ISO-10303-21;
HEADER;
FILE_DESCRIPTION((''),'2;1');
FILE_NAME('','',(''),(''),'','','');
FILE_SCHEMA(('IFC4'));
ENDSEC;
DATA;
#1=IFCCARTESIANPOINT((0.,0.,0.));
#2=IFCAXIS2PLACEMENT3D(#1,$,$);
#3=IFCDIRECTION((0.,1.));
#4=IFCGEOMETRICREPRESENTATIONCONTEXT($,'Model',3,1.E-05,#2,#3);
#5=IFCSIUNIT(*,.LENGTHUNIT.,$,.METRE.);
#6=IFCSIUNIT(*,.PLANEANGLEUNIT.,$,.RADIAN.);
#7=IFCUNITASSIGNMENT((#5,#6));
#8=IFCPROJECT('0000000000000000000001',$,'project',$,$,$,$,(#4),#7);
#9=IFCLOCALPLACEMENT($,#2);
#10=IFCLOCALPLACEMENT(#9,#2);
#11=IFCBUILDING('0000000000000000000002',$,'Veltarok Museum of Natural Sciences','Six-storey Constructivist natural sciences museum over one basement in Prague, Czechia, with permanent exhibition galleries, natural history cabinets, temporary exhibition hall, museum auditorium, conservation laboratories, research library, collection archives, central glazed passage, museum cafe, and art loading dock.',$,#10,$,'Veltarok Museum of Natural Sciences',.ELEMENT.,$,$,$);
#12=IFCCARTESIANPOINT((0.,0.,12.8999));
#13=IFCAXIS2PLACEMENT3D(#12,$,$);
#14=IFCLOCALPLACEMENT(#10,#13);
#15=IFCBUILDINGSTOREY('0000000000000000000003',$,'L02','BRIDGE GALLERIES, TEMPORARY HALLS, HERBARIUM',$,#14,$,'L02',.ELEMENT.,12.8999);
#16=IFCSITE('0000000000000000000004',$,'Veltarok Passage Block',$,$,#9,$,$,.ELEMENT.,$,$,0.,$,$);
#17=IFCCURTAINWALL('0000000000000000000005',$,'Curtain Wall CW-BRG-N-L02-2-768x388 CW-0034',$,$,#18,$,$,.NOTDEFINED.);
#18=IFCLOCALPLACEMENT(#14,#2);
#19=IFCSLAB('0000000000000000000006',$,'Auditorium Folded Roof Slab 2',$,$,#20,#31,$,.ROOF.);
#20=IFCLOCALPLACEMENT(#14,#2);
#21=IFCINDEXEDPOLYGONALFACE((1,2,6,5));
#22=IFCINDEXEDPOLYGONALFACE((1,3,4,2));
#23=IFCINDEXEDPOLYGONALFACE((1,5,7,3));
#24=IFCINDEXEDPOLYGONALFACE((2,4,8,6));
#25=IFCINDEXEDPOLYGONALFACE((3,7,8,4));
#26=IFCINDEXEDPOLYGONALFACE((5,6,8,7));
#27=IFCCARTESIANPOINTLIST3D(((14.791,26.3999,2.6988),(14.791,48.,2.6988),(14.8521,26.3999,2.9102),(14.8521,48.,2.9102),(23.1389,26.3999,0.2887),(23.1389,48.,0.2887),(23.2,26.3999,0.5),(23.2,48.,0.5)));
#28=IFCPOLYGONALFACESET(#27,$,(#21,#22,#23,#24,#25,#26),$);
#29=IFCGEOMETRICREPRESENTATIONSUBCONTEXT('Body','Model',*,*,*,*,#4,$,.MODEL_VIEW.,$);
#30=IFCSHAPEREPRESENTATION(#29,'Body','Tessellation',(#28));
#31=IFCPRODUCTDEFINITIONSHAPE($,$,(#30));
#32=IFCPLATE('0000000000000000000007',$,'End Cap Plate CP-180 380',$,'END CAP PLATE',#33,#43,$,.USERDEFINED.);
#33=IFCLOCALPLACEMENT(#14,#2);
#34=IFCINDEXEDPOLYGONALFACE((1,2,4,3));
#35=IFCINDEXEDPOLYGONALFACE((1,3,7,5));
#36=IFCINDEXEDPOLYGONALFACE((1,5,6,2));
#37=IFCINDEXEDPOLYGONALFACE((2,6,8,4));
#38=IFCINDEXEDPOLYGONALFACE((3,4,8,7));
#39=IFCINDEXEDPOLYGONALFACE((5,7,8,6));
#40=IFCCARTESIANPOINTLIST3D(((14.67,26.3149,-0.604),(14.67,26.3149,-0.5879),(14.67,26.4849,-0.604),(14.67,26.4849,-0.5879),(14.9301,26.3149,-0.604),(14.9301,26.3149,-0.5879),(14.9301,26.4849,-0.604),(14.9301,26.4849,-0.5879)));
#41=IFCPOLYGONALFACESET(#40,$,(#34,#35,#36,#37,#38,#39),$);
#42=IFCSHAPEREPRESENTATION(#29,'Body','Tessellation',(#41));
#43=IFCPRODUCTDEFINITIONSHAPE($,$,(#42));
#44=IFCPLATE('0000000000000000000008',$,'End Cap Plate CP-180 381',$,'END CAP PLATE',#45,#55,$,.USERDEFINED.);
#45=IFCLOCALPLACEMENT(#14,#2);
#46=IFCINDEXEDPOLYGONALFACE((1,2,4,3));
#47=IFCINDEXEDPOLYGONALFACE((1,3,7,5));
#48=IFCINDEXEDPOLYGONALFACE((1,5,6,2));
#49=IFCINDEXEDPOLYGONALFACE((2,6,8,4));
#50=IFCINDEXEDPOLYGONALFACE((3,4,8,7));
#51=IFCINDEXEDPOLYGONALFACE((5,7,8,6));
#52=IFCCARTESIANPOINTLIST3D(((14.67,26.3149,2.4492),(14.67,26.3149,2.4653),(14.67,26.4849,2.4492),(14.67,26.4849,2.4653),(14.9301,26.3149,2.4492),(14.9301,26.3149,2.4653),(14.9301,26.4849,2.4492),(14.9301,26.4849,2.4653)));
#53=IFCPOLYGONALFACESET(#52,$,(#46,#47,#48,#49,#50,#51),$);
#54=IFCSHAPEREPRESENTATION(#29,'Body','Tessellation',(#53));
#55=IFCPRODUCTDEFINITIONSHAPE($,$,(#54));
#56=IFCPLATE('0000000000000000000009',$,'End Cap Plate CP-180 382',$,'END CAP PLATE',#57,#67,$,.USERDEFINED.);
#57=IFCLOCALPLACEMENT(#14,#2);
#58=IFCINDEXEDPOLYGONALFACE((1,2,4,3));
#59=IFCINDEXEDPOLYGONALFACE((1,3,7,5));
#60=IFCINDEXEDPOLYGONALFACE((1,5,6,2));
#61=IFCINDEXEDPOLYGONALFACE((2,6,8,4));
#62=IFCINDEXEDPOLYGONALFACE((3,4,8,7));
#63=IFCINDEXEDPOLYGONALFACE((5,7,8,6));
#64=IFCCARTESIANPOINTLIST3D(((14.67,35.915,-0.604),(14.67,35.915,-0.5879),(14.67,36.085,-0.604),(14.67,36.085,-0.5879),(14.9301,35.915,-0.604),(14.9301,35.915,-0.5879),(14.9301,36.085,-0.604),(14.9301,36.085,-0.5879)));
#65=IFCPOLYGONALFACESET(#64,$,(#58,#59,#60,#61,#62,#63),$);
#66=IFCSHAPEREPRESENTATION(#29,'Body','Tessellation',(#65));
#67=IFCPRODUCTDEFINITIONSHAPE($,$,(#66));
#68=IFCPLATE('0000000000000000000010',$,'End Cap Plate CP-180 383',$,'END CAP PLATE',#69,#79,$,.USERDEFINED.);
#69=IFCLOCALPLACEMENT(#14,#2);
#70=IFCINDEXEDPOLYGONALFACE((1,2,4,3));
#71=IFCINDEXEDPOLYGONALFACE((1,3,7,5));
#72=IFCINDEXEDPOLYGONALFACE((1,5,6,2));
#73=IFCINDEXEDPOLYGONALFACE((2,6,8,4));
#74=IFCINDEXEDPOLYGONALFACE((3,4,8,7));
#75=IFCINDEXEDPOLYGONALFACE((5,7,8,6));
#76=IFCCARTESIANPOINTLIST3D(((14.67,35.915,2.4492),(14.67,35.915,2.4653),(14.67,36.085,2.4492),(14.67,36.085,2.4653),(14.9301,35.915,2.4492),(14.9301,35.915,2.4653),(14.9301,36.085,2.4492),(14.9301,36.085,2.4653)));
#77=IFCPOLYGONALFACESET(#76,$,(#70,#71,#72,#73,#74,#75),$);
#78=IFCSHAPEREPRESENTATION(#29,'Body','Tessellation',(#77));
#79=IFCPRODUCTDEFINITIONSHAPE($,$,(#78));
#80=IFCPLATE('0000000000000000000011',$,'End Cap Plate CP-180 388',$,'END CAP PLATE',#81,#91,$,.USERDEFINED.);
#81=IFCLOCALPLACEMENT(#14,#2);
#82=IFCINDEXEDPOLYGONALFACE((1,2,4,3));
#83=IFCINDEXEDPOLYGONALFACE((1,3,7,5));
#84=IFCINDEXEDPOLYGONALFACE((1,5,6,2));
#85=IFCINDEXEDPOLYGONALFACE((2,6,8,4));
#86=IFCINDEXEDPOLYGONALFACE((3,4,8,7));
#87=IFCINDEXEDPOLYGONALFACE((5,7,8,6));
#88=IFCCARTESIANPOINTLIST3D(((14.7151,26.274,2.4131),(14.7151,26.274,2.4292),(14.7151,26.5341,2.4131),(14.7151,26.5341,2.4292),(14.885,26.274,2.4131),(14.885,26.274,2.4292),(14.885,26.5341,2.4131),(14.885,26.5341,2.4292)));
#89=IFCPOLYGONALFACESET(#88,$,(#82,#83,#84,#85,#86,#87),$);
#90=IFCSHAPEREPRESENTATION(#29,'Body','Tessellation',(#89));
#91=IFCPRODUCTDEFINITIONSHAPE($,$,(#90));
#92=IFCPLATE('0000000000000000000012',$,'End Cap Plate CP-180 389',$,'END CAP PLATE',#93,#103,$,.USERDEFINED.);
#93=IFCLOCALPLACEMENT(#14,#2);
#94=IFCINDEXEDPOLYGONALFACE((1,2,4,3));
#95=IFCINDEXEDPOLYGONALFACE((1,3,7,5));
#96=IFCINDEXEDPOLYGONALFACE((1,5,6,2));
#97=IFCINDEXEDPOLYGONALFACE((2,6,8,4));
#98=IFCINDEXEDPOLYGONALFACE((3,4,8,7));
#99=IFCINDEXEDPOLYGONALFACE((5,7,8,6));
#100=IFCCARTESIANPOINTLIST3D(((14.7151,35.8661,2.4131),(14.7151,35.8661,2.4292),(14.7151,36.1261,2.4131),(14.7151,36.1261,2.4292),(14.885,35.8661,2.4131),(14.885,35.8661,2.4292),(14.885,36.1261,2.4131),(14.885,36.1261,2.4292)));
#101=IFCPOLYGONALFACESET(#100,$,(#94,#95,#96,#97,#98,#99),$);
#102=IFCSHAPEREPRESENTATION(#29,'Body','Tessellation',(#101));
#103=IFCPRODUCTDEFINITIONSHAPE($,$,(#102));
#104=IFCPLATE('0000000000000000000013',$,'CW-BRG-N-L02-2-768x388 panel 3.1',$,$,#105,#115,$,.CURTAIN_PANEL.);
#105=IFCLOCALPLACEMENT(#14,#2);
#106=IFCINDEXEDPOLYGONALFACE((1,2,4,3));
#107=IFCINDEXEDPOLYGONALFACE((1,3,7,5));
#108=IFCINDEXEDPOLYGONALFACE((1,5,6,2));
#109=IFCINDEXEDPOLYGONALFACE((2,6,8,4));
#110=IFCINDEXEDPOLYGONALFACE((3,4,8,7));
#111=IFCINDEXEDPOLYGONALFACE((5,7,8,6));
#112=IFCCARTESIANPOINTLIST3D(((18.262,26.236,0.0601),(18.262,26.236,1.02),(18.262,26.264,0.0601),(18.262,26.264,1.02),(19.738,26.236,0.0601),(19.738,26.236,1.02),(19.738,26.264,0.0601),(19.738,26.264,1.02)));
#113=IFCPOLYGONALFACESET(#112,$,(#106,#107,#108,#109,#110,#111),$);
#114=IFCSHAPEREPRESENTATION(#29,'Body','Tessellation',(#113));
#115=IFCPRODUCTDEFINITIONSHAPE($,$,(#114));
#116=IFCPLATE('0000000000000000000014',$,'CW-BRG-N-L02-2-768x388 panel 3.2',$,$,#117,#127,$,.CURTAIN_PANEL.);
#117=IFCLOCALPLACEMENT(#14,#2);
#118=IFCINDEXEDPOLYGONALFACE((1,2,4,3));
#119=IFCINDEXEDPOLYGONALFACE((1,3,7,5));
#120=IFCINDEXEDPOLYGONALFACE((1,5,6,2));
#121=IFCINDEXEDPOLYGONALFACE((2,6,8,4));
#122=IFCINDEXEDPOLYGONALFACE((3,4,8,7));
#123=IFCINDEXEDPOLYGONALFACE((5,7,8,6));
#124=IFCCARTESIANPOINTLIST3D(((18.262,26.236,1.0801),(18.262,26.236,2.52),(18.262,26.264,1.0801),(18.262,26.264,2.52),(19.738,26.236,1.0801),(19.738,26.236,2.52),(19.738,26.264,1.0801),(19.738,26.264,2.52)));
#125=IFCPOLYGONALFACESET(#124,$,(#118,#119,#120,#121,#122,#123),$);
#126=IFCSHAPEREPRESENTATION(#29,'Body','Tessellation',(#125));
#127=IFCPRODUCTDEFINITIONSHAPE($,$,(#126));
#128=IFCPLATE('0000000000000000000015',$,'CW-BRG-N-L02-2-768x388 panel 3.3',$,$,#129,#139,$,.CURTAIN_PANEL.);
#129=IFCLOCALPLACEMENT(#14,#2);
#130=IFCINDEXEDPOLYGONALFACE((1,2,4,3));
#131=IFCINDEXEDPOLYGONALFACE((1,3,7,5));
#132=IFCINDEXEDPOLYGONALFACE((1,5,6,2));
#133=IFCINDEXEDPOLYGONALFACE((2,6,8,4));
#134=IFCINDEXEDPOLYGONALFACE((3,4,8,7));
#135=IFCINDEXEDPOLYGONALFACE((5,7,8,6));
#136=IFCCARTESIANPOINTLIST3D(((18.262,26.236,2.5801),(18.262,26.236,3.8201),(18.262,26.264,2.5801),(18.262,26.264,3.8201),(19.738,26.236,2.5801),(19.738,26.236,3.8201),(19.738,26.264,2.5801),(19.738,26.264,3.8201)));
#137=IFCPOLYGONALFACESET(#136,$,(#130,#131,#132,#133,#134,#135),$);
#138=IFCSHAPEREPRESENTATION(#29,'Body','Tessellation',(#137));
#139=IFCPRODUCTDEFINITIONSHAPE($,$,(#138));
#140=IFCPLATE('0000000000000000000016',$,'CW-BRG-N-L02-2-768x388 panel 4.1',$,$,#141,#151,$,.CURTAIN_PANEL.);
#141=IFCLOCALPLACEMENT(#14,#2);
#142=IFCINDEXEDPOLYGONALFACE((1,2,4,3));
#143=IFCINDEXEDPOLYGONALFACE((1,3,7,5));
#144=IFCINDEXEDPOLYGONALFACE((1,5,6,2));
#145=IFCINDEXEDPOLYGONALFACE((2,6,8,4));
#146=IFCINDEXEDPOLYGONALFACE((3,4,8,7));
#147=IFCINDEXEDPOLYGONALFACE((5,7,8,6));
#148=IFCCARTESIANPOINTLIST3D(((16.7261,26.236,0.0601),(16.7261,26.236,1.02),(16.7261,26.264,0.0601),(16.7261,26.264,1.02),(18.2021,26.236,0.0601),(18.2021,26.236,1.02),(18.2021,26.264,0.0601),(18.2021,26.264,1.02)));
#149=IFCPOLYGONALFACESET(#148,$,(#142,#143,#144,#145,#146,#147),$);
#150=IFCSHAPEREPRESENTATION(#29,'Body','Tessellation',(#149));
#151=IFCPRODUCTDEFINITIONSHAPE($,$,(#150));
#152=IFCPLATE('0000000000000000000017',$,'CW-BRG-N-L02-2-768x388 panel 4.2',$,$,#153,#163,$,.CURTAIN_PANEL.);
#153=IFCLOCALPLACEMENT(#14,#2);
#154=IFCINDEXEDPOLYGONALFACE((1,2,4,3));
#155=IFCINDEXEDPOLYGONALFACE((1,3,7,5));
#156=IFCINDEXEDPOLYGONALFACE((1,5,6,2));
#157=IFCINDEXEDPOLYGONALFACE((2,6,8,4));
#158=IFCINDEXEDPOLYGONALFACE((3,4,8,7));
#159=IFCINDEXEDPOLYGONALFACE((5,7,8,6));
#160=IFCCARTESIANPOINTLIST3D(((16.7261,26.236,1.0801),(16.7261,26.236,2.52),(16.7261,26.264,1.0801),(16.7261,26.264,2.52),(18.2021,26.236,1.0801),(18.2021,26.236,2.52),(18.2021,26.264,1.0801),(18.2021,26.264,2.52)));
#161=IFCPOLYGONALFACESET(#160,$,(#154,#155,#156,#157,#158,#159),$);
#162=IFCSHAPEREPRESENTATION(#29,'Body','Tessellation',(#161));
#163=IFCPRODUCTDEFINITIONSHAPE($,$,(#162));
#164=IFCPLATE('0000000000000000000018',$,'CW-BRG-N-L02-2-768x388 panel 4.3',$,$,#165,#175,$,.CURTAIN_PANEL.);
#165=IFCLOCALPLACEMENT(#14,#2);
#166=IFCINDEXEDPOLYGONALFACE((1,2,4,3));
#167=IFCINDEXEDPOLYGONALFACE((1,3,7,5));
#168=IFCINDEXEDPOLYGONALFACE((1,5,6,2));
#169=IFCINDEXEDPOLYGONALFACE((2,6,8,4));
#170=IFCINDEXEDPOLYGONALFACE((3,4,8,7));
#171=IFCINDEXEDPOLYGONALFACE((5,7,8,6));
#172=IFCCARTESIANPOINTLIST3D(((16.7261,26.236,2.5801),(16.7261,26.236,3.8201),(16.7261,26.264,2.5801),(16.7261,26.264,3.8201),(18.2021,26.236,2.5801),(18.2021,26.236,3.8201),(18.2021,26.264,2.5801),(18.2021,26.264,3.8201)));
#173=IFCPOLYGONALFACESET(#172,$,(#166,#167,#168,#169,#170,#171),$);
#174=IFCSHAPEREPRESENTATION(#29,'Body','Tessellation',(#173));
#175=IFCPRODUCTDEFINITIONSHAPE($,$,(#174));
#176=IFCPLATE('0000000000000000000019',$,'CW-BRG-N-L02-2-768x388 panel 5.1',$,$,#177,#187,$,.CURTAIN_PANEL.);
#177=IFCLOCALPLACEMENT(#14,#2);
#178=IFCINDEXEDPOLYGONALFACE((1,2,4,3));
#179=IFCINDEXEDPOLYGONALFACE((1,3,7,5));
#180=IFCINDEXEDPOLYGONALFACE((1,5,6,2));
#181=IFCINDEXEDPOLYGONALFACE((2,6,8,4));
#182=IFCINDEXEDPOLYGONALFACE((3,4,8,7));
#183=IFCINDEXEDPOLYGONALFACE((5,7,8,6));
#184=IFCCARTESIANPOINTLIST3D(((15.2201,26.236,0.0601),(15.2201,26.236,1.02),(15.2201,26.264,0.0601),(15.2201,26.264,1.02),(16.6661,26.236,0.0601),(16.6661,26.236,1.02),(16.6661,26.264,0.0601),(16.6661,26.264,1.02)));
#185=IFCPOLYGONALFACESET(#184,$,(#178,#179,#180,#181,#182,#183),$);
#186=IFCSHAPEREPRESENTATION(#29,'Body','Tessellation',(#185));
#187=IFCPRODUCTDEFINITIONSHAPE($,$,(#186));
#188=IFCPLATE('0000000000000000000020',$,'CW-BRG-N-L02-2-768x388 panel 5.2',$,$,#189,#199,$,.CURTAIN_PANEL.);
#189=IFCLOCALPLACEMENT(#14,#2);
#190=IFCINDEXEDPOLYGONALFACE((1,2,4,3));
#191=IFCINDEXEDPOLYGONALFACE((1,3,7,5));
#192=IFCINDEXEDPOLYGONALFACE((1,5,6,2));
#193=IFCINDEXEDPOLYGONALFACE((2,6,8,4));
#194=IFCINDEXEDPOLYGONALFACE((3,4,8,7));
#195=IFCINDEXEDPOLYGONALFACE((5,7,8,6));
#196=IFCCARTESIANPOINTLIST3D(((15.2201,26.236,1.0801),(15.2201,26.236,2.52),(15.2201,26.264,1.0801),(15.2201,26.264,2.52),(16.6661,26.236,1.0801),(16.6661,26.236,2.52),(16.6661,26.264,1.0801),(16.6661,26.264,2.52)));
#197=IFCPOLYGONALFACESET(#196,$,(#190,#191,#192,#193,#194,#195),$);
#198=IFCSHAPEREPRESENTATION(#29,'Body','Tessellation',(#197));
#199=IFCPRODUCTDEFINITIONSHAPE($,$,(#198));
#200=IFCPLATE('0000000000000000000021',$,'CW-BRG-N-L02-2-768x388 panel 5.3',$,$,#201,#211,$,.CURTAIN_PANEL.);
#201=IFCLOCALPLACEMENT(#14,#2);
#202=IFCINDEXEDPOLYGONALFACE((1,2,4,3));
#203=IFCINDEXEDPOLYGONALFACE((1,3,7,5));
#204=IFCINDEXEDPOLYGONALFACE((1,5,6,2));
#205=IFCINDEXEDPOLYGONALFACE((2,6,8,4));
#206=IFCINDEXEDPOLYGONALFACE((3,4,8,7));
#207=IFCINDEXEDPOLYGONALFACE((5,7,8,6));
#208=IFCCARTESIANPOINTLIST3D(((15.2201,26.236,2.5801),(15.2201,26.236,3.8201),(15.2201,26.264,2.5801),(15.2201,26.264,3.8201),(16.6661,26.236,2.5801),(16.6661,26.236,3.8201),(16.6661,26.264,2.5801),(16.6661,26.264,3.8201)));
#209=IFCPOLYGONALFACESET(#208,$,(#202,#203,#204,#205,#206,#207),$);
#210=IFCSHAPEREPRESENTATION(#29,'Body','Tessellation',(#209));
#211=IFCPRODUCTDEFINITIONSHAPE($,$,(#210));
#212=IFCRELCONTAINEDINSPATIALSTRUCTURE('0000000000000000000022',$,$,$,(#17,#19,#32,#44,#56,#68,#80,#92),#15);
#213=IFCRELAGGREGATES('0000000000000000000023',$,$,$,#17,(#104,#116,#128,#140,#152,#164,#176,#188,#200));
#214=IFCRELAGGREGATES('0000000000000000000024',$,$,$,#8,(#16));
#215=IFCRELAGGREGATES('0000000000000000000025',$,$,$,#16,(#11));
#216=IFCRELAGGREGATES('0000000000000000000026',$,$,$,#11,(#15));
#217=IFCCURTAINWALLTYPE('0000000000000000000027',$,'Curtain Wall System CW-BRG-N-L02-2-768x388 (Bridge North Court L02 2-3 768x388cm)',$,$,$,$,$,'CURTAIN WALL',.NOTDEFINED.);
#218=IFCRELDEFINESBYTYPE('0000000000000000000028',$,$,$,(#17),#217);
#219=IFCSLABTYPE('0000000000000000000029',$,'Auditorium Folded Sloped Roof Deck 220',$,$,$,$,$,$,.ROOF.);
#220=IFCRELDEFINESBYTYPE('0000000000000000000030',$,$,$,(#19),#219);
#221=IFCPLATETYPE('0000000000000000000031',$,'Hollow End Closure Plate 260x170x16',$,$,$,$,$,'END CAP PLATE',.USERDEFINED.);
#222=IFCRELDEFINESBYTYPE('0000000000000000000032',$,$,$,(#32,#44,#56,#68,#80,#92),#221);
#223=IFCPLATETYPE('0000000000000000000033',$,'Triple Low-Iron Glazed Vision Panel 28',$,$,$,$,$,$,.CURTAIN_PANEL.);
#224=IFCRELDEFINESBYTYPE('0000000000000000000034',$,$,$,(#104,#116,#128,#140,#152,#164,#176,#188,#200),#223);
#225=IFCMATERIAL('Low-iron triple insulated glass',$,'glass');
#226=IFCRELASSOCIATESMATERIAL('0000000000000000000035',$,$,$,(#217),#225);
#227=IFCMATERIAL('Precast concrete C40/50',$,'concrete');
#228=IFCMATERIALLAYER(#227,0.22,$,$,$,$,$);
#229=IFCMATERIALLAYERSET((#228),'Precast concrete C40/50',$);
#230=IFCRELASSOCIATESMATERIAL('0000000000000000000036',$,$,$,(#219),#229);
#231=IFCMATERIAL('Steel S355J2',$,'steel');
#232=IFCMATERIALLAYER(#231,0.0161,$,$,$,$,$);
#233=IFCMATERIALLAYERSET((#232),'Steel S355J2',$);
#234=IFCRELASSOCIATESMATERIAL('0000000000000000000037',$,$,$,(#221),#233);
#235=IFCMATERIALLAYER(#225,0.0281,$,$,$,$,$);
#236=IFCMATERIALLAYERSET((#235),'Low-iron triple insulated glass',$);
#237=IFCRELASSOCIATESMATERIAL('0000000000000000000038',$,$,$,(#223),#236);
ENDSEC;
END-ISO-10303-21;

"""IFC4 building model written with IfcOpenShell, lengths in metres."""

from ifc_helpers import new_model, si_unit, direction, frame, origin, origin_2d, place, context, subcontext, project, spatial, polyline, rectangle, outline, extrude, material, layer, layer_set, type_object, element, aggregate, save


model = new_model("IFC4")

# Units and contexts
model_context = context("Model", 3, precision=1e-05, world=origin(), true_north=direction((0.0, 1.0)))
body_context = subcontext(model_context, "Body", "Model", "MODEL_VIEW")
ifc_project = project(units=[si_unit("LENGTHUNIT", "METRE"), si_unit("PLANEANGLEUNIT", "RADIAN")], contexts=[model_context])

# Site, building, storey
site_placement = place(None, origin())
site = spatial("IfcSite", under=ifc_project, at=site_placement, Name="Veltarok Passage Block", CompositionType="ELEMENT", RefElevation=0.0)
building_placement = place(site_placement, origin())
building = spatial("IfcBuilding", under=site, at=building_placement, Name="Veltarok Museum of Natural Sciences", Description="Six-storey Constructivist natural sciences museum over one basement in Prague, Czechia, with permanent exhibition galleries, natural history cabinets, temporary exhibition hall, museum auditorium, conservation laboratories, research library, collection archives, central glazed passage, museum cafe, and art loading dock.", LongName="Veltarok Museum of Natural Sciences", CompositionType="ELEMENT")
storey_placement = place(building_placement, frame((0.0, 0.0, 12.8999)))
storey = spatial("IfcBuildingStorey", under=building, at=storey_placement, Name="L02", Description="BRIDGE GALLERIES, TEMPORARY HALLS, HERBARIUM", LongName="L02", CompositionType="ELEMENT", Elevation=12.8999)

# Shared definitions
ifc_material_1 = material(Name="Steel S355J2", Category="steel")

# Shared definitions
ifc_material_2 = material(Name="Low-iron triple insulated glass", Category="glass")

# Curtain wall
curtain_wall_type_1 = type_object("IfcCurtainWallType", Name="Curtain Wall System CW-BRG-N-L02-2-768x388 (Bridge North Court L02 2-3 768x388cm)", ElementType="CURTAIN WALL", PredefinedType="NOTDEFINED", material=ifc_material_2)
curtain_wall_1_placement = place(storey_placement, origin())
curtain_wall_1 = element("IfcCurtainWall", 1, at=curtain_wall_1_placement, inside=storey, type_object=curtain_wall_type_1, Name="Curtain Wall CW-BRG-N-L02-2-768x388 CW-0034", PredefinedType="NOTDEFINED")

# Slab
ifc_material_3 = material(Name="Precast concrete C40/50", Category="concrete")
ifc_layer_1 = layer(ifc_material_3, 0.22)
ifc_layer_set_1 = layer_set([ifc_layer_1], Name="Precast concrete C40/50")
slab_type = type_object("IfcSlabType", Name="Auditorium Folded Sloped Roof Deck 220", PredefinedType="ROOF", material=ifc_layer_set_1)
slab_placement = place(storey_placement, frame((14.8521, 26.3999, 2.9102), z_axis=(0.277385, 0.0, 0.960759), x_axis=(0.960759, 0.0, -0.277385)))
element("IfcSlab", 2, at=slab_placement, inside=storey, type_object=slab_type, Name="Auditorium Folded Roof Slab 2", PredefinedType="ROOF", context=body_context, shape_type="SweptSolid", body=[
    extrude(outline(polyline([(0.0, 0.0), (8.6889, 0.0), (8.6889, 21.6001), (0.0, 21.6001), (0.0, 0.0)])), origin(), (0.0, 0.0, -1.0), 0.22),
])

# Plates
ifc_layer_2 = layer(ifc_material_1, 0.0161)
ifc_layer_set_2 = layer_set([ifc_layer_2], Name="Steel S355J2")
plate_type_1 = type_object("IfcPlateType", Name="Hollow End Closure Plate 260x170x16", ElementType="END CAP PLATE", PredefinedType="USERDEFINED", material=ifc_layer_set_2)
for number, where, z_axis, x_axis, name in (
    (3, (14.8, 26.3999, -0.604), (0.0, 0.0, 1.0), (1.0, 0.0, 0.0), "End Cap Plate CP-180 380"),
    (4, (14.8, 26.3999, 2.4492), (0.0, 0.0, 1.0), (1.0, 0.0, 0.0), "End Cap Plate CP-180 381"),
    (5, (14.8, 36.0, -0.604), (0.0, 0.0, 1.0), (1.0, 0.0, 0.0), "End Cap Plate CP-180 382"),
    (6, (14.8, 36.0, 2.4492), (0.0, 0.0, 1.0), (1.0, 0.0, 0.0), "End Cap Plate CP-180 383"),
    (7, (14.8, 26.4041, 2.4131), (0.0, 0.0, 1.0), (0.0, 1.0, 0.0), "End Cap Plate CP-180 388"),
    (8, (14.8, 35.9961, 2.4131), (0.0, 0.0, 1.0), (0.0, 1.0, 0.0), "End Cap Plate CP-180 389"),
):
    element("IfcPlate", number, at=place(storey_placement, frame(where, z_axis=z_axis, x_axis=x_axis)), inside=storey, type_object=plate_type_1, Name=name, ObjectType="END CAP PLATE", PredefinedType="USERDEFINED", context=body_context, shape_type="SweptSolid", body=[
        extrude(rectangle(XDim=0.26, YDim=0.1699, at=origin_2d()), origin(), (0.0, 0.0, 1.0), 0.0161),
    ])

# Plates
ifc_layer_3 = layer(ifc_material_2, 0.0281)
ifc_layer_set_3 = layer_set([ifc_layer_3], Name="Low-iron triple insulated glass")
plate_type_2 = type_object("IfcPlateType", Name="Triple Low-Iron Glazed Vision Panel 28", PredefinedType="CURTAIN_PANEL", material=ifc_layer_set_3)
plate_1_placement = place(storey_placement, frame((19.0, 26.25, 0.0601), z_axis=(0.0, 0.0, 1.0), x_axis=(-1.0, 0.0, 0.0)))
plate_1 = element("IfcPlate", 9, at=plate_1_placement, type_object=plate_type_2, Name="CW-BRG-N-L02-2-768x388 panel 3.1", PredefinedType="CURTAIN_PANEL", context=body_context, shape_type="SweptSolid", body=[
    extrude(rectangle(XDim=1.4761, YDim=0.0281, at=origin_2d()), origin(), (0.0, 0.0, 1.0), 0.96),
])
plate_2_placement = place(storey_placement, frame((19.0, 26.25, 1.0801), z_axis=(0.0, 0.0, 1.0), x_axis=(-1.0, 0.0, 0.0)))
plate_2 = element("IfcPlate", 10, at=plate_2_placement, type_object=plate_type_2, Name="CW-BRG-N-L02-2-768x388 panel 3.2", PredefinedType="CURTAIN_PANEL", context=body_context, shape_type="SweptSolid", body=[
    extrude(rectangle(XDim=1.4761, YDim=0.0281, at=origin_2d()), origin(), (0.0, 0.0, 1.0), 1.4399),
])
plate_3_placement = place(storey_placement, frame((19.0, 26.25, 2.5801), z_axis=(0.0, 0.0, 1.0), x_axis=(-1.0, 0.0, 0.0)))
plate_3 = element("IfcPlate", 11, at=plate_3_placement, type_object=plate_type_2, Name="CW-BRG-N-L02-2-768x388 panel 3.3", PredefinedType="CURTAIN_PANEL", context=body_context, shape_type="SweptSolid", body=[
    extrude(rectangle(XDim=1.4761, YDim=0.0281, at=origin_2d()), origin(), (0.0, 0.0, 1.0), 1.24),
])
plate_4_placement = place(storey_placement, frame((17.4641, 26.25, 0.0601), z_axis=(0.0, 0.0, 1.0), x_axis=(-1.0, 0.0, 0.0)))
plate_4 = element("IfcPlate", 12, at=plate_4_placement, type_object=plate_type_2, Name="CW-BRG-N-L02-2-768x388 panel 4.1", PredefinedType="CURTAIN_PANEL", context=body_context, shape_type="SweptSolid", body=[
    extrude(rectangle(XDim=1.4761, YDim=0.0281, at=origin_2d()), origin(), (0.0, 0.0, 1.0), 0.96),
])
plate_5_placement = place(storey_placement, frame((17.4641, 26.25, 1.0801), z_axis=(0.0, 0.0, 1.0), x_axis=(-1.0, 0.0, 0.0)))
plate_5 = element("IfcPlate", 13, at=plate_5_placement, type_object=plate_type_2, Name="CW-BRG-N-L02-2-768x388 panel 4.2", PredefinedType="CURTAIN_PANEL", context=body_context, shape_type="SweptSolid", body=[
    extrude(rectangle(XDim=1.4761, YDim=0.0281, at=origin_2d()), origin(), (0.0, 0.0, 1.0), 1.4399),
])
plate_6_placement = place(storey_placement, frame((17.4641, 26.25, 2.5801), z_axis=(0.0, 0.0, 1.0), x_axis=(-1.0, 0.0, 0.0)))
plate_6 = element("IfcPlate", 14, at=plate_6_placement, type_object=plate_type_2, Name="CW-BRG-N-L02-2-768x388 panel 4.3", PredefinedType="CURTAIN_PANEL", context=body_context, shape_type="SweptSolid", body=[
    extrude(rectangle(XDim=1.4761, YDim=0.0281, at=origin_2d()), origin(), (0.0, 0.0, 1.0), 1.24),
])
plate_7_placement = place(storey_placement, frame((15.9431, 26.25, 0.0601), z_axis=(0.0, 0.0, 1.0), x_axis=(-1.0, 0.0, 0.0)))
plate_7 = element("IfcPlate", 15, at=plate_7_placement, type_object=plate_type_2, Name="CW-BRG-N-L02-2-768x388 panel 5.1", PredefinedType="CURTAIN_PANEL", context=body_context, shape_type="SweptSolid", body=[
    extrude(rectangle(XDim=1.446, YDim=0.0281, at=origin_2d()), origin(), (0.0, 0.0, 1.0), 0.96),
])
plate_8_placement = place(storey_placement, frame((15.9431, 26.25, 1.0801), z_axis=(0.0, 0.0, 1.0), x_axis=(-1.0, 0.0, 0.0)))
plate_8 = element("IfcPlate", 16, at=plate_8_placement, type_object=plate_type_2, Name="CW-BRG-N-L02-2-768x388 panel 5.2", PredefinedType="CURTAIN_PANEL", context=body_context, shape_type="SweptSolid", body=[
    extrude(rectangle(XDim=1.446, YDim=0.0281, at=origin_2d()), origin(), (0.0, 0.0, 1.0), 1.4399),
])
plate_9_placement = place(storey_placement, frame((15.9431, 26.25, 2.5801), z_axis=(0.0, 0.0, 1.0), x_axis=(-1.0, 0.0, 0.0)))
plate_9 = element("IfcPlate", 17, at=plate_9_placement, type_object=plate_type_2, Name="CW-BRG-N-L02-2-768x388 panel 5.3", PredefinedType="CURTAIN_PANEL", context=body_context, shape_type="SweptSolid", body=[
    extrude(rectangle(XDim=1.446, YDim=0.0281, at=origin_2d()), origin(), (0.0, 0.0, 1.0), 1.24),
])
aggregate(curtain_wall_1, [plate_1, plate_2, plate_3, plate_4, plate_5, plate_6, plate_7, plate_8, plate_9])

save(model, "model.ifc")
